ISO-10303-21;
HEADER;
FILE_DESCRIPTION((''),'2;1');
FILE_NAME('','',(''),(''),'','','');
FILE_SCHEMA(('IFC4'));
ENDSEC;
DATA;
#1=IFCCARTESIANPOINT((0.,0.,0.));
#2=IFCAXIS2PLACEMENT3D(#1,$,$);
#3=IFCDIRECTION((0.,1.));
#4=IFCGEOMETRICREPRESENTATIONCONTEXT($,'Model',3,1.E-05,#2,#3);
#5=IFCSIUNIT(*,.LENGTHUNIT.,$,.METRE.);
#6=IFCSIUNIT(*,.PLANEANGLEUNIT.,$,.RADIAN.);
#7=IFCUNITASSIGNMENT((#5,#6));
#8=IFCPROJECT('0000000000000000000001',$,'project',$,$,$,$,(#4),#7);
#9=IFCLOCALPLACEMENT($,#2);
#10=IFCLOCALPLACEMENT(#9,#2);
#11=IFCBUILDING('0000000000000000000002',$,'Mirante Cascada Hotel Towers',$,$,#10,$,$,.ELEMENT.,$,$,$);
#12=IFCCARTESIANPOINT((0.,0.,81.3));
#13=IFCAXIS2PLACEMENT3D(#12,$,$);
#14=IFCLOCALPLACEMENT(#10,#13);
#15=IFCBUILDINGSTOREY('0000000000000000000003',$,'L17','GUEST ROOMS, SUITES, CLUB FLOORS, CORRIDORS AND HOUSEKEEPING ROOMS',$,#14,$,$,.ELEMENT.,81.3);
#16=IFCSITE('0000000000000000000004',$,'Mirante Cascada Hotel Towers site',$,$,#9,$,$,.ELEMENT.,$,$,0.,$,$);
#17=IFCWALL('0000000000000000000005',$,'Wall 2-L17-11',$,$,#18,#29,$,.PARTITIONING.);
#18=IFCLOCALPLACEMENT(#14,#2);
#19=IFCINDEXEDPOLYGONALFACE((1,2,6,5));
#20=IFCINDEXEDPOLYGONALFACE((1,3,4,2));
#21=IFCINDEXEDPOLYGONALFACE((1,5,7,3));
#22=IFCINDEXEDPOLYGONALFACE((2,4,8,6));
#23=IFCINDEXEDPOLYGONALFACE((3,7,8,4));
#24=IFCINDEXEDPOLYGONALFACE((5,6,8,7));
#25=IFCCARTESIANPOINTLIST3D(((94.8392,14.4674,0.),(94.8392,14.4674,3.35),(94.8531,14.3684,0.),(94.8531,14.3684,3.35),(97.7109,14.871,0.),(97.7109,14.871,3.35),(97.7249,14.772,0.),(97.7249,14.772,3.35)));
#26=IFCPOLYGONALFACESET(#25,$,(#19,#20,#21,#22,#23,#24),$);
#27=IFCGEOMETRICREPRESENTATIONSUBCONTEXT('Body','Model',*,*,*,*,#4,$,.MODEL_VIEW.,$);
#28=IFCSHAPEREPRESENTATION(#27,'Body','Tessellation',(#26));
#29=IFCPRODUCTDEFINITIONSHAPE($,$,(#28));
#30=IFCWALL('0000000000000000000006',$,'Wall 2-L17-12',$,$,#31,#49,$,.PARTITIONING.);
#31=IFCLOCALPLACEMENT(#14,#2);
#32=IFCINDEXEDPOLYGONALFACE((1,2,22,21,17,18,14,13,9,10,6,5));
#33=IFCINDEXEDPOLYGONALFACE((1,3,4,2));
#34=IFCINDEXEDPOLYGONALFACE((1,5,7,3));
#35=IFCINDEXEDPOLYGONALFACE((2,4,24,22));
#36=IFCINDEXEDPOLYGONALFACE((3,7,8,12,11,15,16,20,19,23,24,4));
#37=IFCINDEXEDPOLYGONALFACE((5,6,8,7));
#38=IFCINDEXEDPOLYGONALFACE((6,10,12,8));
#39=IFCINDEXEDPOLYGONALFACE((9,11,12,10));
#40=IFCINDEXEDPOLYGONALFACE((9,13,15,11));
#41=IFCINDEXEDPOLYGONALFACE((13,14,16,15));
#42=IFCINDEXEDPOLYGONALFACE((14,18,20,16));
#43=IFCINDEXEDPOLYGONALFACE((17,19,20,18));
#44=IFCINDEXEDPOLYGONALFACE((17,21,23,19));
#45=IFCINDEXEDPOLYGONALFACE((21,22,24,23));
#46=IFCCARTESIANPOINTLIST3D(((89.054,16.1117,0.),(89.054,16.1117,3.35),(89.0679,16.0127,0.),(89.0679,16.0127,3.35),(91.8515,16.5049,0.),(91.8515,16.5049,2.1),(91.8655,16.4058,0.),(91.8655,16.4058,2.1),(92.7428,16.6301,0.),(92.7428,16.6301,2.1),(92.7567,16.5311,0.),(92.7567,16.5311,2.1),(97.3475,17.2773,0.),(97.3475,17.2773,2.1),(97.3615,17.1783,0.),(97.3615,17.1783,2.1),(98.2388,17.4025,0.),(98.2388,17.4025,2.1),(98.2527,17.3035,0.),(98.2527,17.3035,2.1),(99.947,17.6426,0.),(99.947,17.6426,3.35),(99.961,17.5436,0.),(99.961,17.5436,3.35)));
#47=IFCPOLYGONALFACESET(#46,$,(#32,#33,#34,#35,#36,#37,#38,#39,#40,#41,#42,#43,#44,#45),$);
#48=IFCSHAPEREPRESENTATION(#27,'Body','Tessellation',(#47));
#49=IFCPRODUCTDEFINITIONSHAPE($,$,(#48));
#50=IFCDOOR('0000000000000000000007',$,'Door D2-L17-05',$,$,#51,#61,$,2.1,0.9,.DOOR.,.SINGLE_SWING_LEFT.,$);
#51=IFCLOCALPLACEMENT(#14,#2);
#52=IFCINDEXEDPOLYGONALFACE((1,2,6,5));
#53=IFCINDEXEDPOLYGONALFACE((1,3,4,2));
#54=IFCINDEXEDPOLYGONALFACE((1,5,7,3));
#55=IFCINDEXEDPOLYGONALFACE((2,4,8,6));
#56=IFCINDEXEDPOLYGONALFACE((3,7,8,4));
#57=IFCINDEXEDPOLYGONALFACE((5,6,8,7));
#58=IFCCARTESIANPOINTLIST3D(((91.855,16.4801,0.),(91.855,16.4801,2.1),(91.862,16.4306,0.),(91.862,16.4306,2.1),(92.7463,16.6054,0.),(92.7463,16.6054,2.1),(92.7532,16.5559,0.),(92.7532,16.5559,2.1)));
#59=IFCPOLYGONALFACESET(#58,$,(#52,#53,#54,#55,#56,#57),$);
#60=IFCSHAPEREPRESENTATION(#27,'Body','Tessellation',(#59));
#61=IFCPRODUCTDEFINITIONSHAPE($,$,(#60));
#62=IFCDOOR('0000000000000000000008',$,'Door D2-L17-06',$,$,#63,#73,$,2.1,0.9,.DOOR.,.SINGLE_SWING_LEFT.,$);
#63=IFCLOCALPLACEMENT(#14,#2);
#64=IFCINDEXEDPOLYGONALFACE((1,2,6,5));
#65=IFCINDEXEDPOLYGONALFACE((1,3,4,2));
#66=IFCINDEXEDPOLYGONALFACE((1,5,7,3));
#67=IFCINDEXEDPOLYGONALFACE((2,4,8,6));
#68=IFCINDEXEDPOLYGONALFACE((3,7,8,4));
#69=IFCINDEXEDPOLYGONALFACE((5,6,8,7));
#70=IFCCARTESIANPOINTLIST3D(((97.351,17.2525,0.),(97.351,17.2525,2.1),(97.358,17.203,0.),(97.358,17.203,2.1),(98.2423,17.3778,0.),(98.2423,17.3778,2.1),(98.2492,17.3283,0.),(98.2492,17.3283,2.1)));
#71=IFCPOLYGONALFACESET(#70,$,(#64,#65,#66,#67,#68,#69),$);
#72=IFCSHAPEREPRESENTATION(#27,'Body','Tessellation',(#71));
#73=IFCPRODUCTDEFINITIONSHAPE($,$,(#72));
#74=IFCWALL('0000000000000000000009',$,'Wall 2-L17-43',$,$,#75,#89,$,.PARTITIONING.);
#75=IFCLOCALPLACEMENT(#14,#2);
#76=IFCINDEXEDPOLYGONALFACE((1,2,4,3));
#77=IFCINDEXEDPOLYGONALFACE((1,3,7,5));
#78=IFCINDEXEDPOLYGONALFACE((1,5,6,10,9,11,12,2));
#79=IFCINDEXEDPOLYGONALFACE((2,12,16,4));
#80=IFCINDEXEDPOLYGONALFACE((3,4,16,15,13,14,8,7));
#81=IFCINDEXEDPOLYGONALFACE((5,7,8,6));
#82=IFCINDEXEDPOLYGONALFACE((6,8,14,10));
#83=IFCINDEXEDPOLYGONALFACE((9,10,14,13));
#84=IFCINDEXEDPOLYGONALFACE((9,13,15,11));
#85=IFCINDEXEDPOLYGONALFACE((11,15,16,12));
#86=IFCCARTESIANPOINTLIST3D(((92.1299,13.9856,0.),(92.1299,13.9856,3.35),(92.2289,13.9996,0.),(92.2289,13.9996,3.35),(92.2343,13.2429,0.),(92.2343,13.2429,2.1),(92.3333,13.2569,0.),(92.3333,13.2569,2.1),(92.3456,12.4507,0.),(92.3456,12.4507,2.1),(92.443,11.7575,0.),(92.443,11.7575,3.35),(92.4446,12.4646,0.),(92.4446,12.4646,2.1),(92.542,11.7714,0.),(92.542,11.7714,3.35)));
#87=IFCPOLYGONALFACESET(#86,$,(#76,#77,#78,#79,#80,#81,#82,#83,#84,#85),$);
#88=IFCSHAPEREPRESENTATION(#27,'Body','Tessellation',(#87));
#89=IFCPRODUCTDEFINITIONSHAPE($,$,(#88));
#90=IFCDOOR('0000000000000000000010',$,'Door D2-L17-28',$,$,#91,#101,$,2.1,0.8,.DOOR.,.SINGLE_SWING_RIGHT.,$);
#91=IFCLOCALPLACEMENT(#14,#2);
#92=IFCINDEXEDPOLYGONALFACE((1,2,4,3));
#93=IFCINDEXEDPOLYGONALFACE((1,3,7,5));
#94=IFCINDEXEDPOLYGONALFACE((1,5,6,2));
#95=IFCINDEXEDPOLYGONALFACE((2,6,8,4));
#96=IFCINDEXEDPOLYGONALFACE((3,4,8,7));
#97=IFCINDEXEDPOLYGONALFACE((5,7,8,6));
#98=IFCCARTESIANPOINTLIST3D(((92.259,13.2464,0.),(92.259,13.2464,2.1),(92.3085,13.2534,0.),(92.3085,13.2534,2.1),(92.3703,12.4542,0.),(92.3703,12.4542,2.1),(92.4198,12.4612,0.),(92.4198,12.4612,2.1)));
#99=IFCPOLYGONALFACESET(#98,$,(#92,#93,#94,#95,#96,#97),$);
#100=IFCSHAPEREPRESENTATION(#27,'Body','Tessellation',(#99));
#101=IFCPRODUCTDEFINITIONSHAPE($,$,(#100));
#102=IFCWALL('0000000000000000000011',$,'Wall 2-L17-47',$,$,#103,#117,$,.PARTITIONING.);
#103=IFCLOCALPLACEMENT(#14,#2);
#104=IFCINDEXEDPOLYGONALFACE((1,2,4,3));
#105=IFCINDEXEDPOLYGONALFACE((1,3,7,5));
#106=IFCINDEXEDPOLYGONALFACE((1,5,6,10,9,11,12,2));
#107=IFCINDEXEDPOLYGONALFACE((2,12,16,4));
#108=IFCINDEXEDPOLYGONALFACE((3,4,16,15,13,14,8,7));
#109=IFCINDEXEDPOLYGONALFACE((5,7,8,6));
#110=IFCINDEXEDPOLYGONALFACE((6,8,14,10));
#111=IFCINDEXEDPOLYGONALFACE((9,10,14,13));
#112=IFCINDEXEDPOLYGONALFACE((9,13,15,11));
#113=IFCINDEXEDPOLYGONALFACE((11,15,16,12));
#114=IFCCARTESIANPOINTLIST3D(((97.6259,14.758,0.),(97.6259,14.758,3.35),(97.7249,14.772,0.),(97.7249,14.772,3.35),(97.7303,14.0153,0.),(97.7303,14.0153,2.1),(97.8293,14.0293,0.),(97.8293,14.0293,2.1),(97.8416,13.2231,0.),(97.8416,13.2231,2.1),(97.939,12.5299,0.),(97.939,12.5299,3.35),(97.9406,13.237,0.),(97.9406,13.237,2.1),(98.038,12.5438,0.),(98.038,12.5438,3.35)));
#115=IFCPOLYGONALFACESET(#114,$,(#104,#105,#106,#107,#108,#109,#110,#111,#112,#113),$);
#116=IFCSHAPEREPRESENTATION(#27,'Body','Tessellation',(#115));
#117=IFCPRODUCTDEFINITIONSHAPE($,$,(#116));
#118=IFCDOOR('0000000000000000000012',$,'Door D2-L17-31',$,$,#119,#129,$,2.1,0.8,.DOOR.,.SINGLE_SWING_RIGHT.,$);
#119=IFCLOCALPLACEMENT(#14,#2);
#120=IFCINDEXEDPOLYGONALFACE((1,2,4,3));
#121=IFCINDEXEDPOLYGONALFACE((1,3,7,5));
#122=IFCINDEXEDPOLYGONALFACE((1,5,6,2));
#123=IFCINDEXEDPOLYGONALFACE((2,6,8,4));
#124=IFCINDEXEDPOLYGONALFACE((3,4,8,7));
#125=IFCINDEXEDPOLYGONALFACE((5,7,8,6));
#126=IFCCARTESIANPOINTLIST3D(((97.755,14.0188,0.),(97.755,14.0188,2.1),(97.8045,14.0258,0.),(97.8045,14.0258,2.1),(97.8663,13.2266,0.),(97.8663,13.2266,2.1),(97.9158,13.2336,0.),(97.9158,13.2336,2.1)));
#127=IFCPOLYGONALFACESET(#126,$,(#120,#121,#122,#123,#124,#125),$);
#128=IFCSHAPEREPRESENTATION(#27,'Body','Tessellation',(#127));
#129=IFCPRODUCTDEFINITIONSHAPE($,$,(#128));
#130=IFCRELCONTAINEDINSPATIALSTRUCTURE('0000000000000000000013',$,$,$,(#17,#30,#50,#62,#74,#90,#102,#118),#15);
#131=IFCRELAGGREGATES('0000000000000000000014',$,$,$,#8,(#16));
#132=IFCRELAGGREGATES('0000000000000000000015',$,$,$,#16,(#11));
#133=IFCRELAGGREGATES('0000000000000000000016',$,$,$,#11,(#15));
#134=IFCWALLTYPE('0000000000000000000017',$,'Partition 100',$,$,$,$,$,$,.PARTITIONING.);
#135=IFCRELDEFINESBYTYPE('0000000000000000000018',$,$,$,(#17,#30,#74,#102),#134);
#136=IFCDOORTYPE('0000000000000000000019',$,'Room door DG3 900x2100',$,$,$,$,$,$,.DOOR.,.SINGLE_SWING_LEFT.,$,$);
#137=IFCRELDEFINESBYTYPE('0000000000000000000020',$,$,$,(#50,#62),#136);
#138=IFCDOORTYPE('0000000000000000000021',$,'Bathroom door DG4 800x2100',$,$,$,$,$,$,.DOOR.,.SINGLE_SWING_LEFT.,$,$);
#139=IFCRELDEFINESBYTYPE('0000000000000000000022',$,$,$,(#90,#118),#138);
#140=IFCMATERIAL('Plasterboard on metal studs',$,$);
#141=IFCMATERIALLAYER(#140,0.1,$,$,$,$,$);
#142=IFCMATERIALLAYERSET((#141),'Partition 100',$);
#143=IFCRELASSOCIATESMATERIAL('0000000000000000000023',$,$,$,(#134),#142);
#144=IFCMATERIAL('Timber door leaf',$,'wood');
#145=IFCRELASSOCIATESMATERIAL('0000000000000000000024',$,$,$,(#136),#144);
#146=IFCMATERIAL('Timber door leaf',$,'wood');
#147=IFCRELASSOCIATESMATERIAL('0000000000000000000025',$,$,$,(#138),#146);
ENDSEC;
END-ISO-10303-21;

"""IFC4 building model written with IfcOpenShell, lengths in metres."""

from ifc_helpers import new_model, si_unit, direction, frame, frame_2d, origin, place, context, subcontext, project, spatial, rectangle, extrude, material, layer, layer_set, type_object, element, fill, save


model = new_model("IFC4")

# Units and contexts
model_context = context("Model", 3, precision=1e-05, world=origin(), true_north=direction((0.0, 1.0)))
body_context = subcontext(model_context, "Body", "Model", "MODEL_VIEW")
ifc_project = project(units=[si_unit("LENGTHUNIT", "METRE"), si_unit("PLANEANGLEUNIT", "RADIAN")], contexts=[model_context])

# Site, building, storey
site_placement = place(None, origin())
site = spatial("IfcSite", under=ifc_project, at=site_placement, Name="Mirante Cascada Hotel Towers site", CompositionType="ELEMENT", RefElevation=0.0)
building_placement = place(site_placement, origin())
building = spatial("IfcBuilding", under=site, at=building_placement, Name="Mirante Cascada Hotel Towers", CompositionType="ELEMENT")
storey_placement = place(building_placement, frame((0.0, 0.0, 81.3)))
storey = spatial("IfcBuildingStorey", under=building, at=storey_placement, Name="L17", Description="GUEST ROOMS, SUITES, CLUB FLOORS, CORRIDORS AND HOUSEKEEPING ROOMS", CompositionType="ELEMENT", Elevation=81.3)

# Wall
ifc_material_1 = material(Name="Plasterboard on metal studs")
ifc_layer_1 = layer(ifc_material_1, 0.1)
ifc_layer_set_1 = layer_set([ifc_layer_1], Name="Partition 100")
wall_type_1 = type_object("IfcWallType", Name="Partition 100", PredefinedType="PARTITIONING", material=ifc_layer_set_1)
wall_1_placement = place(storey_placement, frame((97.7179, 14.8215, 0.0), z_axis=(0.0, 0.0, 1.0), x_axis=(-0.990268, -0.139171, 0.0)))
element("IfcWall", 1, at=wall_1_placement, inside=storey, type_object=wall_type_1, Name="Wall 2-L17-11", PredefinedType="PARTITIONING", context=body_context, shape_type="SweptSolid", body=[
    extrude(rectangle(XDim=2.9, YDim=0.1, at=frame_2d((1.45, 0.0))), origin(), (0.0, 0.0, 1.0), 3.35),
])

# Wall, openings, doors
wall_2_placement = place(storey_placement, frame((89.061, 16.0622, 0.0), z_axis=(0.0, 0.0, 1.0), x_axis=(0.990268, 0.139172, 0.0)))
wall_2 = element("IfcWall", 2, at=wall_2_placement, inside=storey, type_object=wall_type_1, Name="Wall 2-L17-12", PredefinedType="PARTITIONING", context=body_context, shape_type="SweptSolid", body=[
    extrude(rectangle(XDim=11.0001, YDim=0.1, at=frame_2d((5.5, 0.0))), origin(), (0.0, 0.0, 1.0), 3.35),
])
opening_1_placement = place(wall_2_placement, frame((2.825, 0.0, 0.0)))
opening_1 = element("IfcOpeningElement", 3, at=opening_1_placement, cuts=wall_2, PredefinedType="OPENING", context=body_context, shape_type="SweptSolid", body=[
    extrude(rectangle(XDim=0.9, YDim=2.1, at=frame_2d((0.45, 1.05))), frame((0.0, 0.05, 0.0), z_axis=(0.0, -1.0, 0.0), x_axis=(1.0, 0.0, 0.0)), (0.0, 0.0, 1.0), 0.1),
])
opening_2_placement = place(wall_2_placement, frame((8.375, 0.0, 0.0)))
opening_2 = element("IfcOpeningElement", 4, at=opening_2_placement, cuts=wall_2, PredefinedType="OPENING", context=body_context, shape_type="SweptSolid", body=[
    extrude(rectangle(XDim=0.9, YDim=2.1, at=frame_2d((0.45, 1.05))), frame((0.0, 0.05, 0.0), z_axis=(0.0, -1.0, 0.0), x_axis=(1.0, 0.0, 0.0)), (0.0, 0.0, 1.0), 0.1),
])
ifc_material_2 = material(Name="Timber door leaf", Category="wood")
door_type_1 = type_object("IfcDoorType", Name="Room door DG3 900x2100", OperationType="SINGLE_SWING_LEFT", PredefinedType="DOOR", material=ifc_material_2)
door_1_placement = place(opening_1_placement, origin())
door_1 = element("IfcDoor", 5, at=door_1_placement, inside=storey, type_object=door_type_1, Name="Door D2-L17-05", OperationType="SINGLE_SWING_LEFT", OverallHeight=2.1, OverallWidth=0.9, PredefinedType="DOOR", context=body_context, shape_type="SweptSolid", body=[
    extrude(rectangle(XDim=0.9, YDim=2.1, at=frame_2d((0.45, 1.05))), frame((0.0, 0.025, 0.0), z_axis=(0.0, -1.0, 0.0), x_axis=(1.0, 0.0, 0.0)), (0.0, 0.0, 1.0), 0.05),
])
fill(opening_1, door_1)
door_2_placement = place(opening_2_placement, origin())
door_2 = element("IfcDoor", 6, at=door_2_placement, inside=storey, type_object=door_type_1, Name="Door D2-L17-06", OperationType="SINGLE_SWING_LEFT", OverallHeight=2.1, OverallWidth=0.9, PredefinedType="DOOR", context=body_context, shape_type="SweptSolid", body=[
    extrude(rectangle(XDim=0.9, YDim=2.1, at=frame_2d((0.45, 1.05))), frame((0.0, 0.025, 0.0), z_axis=(0.0, -1.0, 0.0), x_axis=(1.0, 0.0, 0.0)), (0.0, 0.0, 1.0), 0.05),
])
fill(opening_2, door_2)

# Walls, openings, doors
wall_3_placement = place(storey_placement, frame((92.1794, 13.9926, 0.0), z_axis=(0.0, 0.0, 1.0), x_axis=(0.139156, -0.990271, 0.0)))
wall_3 = element("IfcWall", 7, at=wall_3_placement, inside=storey, type_object=wall_type_1, Name="Wall 2-L17-43", PredefinedType="PARTITIONING", context=body_context, shape_type="SweptSolid", body=[
    extrude(rectangle(XDim=2.25, YDim=0.1, at=frame_2d((1.125, 0.0))), origin(), (0.0, 0.0, 1.0), 3.35),
])
opening_3_placement = place(wall_3_placement, frame((0.75, 0.0, 0.0)))
opening_3 = element("IfcOpeningElement", 8, at=opening_3_placement, cuts=wall_3, PredefinedType="OPENING", context=body_context, shape_type="SweptSolid", body=[
    extrude(rectangle(XDim=0.8, YDim=2.1, at=frame_2d((0.4, 1.05))), frame((0.0, 0.05, 0.0), z_axis=(0.0, -1.0, 0.0), x_axis=(1.0, 0.0, 0.0)), (0.0, 0.0, 1.0), 0.1),
])
ifc_material_3 = material(Name="Timber door leaf", Category="wood")
door_type_2 = type_object("IfcDoorType", Name="Bathroom door DG4 800x2100", OperationType="SINGLE_SWING_LEFT", PredefinedType="DOOR", material=ifc_material_3)
door_3_placement = place(opening_3_placement, frame((0.8, 0.0, 0.0), z_axis=(0.0, 0.0, 1.0), x_axis=(-1.0, 0.0, 0.0)))
door_3 = element("IfcDoor", 9, at=door_3_placement, inside=storey, type_object=door_type_2, Name="Door D2-L17-28", OperationType="SINGLE_SWING_RIGHT", OverallHeight=2.1, OverallWidth=0.8, PredefinedType="DOOR", context=body_context, shape_type="SweptSolid", body=[
    extrude(rectangle(XDim=0.8, YDim=2.1, at=frame_2d((0.4, 1.05))), frame((0.0, 0.025, 0.0), z_axis=(0.0, -1.0, 0.0), x_axis=(1.0, 0.0, 0.0)), (0.0, 0.0, 1.0), 0.05),
])
fill(opening_3, door_3)
wall_4_placement = place(storey_placement, frame((97.6754, 14.765, 0.0), z_axis=(0.0, 0.0, 1.0), x_axis=(0.139156, -0.990271, 0.0)))
wall_4 = element("IfcWall", 10, at=wall_4_placement, inside=storey, type_object=wall_type_1, Name="Wall 2-L17-47", PredefinedType="PARTITIONING", context=body_context, shape_type="SweptSolid", body=[
    extrude(rectangle(XDim=2.25, YDim=0.1, at=frame_2d((1.125, 0.0))), origin(), (0.0, 0.0, 1.0), 3.35),
])
opening_4_placement = place(wall_4_placement, frame((0.75, 0.0, 0.0)))
opening_4 = element("IfcOpeningElement", 11, at=opening_4_placement, cuts=wall_4, PredefinedType="OPENING", context=body_context, shape_type="SweptSolid", body=[
    extrude(rectangle(XDim=0.8, YDim=2.1, at=frame_2d((0.4, 1.05))), frame((0.0, 0.05, 0.0), z_axis=(0.0, -1.0, 0.0), x_axis=(1.0, 0.0, 0.0)), (0.0, 0.0, 1.0), 0.1),
])
door_4_placement = place(opening_4_placement, frame((0.8, 0.0, 0.0), z_axis=(0.0, 0.0, 1.0), x_axis=(-1.0, 0.0, 0.0)))
door_4 = element("IfcDoor", 12, at=door_4_placement, inside=storey, type_object=door_type_2, Name="Door D2-L17-31", OperationType="SINGLE_SWING_RIGHT", OverallHeight=2.1, OverallWidth=0.8, PredefinedType="DOOR", context=body_context, shape_type="SweptSolid", body=[
    extrude(rectangle(XDim=0.8, YDim=2.1, at=frame_2d((0.4, 1.05))), frame((0.0, 0.025, 0.0), z_axis=(0.0, -1.0, 0.0), x_axis=(1.0, 0.0, 0.0)), (0.0, 0.0, 1.0), 0.05),
])
fill(opening_4, door_4)

save(model, "model.ifc")
